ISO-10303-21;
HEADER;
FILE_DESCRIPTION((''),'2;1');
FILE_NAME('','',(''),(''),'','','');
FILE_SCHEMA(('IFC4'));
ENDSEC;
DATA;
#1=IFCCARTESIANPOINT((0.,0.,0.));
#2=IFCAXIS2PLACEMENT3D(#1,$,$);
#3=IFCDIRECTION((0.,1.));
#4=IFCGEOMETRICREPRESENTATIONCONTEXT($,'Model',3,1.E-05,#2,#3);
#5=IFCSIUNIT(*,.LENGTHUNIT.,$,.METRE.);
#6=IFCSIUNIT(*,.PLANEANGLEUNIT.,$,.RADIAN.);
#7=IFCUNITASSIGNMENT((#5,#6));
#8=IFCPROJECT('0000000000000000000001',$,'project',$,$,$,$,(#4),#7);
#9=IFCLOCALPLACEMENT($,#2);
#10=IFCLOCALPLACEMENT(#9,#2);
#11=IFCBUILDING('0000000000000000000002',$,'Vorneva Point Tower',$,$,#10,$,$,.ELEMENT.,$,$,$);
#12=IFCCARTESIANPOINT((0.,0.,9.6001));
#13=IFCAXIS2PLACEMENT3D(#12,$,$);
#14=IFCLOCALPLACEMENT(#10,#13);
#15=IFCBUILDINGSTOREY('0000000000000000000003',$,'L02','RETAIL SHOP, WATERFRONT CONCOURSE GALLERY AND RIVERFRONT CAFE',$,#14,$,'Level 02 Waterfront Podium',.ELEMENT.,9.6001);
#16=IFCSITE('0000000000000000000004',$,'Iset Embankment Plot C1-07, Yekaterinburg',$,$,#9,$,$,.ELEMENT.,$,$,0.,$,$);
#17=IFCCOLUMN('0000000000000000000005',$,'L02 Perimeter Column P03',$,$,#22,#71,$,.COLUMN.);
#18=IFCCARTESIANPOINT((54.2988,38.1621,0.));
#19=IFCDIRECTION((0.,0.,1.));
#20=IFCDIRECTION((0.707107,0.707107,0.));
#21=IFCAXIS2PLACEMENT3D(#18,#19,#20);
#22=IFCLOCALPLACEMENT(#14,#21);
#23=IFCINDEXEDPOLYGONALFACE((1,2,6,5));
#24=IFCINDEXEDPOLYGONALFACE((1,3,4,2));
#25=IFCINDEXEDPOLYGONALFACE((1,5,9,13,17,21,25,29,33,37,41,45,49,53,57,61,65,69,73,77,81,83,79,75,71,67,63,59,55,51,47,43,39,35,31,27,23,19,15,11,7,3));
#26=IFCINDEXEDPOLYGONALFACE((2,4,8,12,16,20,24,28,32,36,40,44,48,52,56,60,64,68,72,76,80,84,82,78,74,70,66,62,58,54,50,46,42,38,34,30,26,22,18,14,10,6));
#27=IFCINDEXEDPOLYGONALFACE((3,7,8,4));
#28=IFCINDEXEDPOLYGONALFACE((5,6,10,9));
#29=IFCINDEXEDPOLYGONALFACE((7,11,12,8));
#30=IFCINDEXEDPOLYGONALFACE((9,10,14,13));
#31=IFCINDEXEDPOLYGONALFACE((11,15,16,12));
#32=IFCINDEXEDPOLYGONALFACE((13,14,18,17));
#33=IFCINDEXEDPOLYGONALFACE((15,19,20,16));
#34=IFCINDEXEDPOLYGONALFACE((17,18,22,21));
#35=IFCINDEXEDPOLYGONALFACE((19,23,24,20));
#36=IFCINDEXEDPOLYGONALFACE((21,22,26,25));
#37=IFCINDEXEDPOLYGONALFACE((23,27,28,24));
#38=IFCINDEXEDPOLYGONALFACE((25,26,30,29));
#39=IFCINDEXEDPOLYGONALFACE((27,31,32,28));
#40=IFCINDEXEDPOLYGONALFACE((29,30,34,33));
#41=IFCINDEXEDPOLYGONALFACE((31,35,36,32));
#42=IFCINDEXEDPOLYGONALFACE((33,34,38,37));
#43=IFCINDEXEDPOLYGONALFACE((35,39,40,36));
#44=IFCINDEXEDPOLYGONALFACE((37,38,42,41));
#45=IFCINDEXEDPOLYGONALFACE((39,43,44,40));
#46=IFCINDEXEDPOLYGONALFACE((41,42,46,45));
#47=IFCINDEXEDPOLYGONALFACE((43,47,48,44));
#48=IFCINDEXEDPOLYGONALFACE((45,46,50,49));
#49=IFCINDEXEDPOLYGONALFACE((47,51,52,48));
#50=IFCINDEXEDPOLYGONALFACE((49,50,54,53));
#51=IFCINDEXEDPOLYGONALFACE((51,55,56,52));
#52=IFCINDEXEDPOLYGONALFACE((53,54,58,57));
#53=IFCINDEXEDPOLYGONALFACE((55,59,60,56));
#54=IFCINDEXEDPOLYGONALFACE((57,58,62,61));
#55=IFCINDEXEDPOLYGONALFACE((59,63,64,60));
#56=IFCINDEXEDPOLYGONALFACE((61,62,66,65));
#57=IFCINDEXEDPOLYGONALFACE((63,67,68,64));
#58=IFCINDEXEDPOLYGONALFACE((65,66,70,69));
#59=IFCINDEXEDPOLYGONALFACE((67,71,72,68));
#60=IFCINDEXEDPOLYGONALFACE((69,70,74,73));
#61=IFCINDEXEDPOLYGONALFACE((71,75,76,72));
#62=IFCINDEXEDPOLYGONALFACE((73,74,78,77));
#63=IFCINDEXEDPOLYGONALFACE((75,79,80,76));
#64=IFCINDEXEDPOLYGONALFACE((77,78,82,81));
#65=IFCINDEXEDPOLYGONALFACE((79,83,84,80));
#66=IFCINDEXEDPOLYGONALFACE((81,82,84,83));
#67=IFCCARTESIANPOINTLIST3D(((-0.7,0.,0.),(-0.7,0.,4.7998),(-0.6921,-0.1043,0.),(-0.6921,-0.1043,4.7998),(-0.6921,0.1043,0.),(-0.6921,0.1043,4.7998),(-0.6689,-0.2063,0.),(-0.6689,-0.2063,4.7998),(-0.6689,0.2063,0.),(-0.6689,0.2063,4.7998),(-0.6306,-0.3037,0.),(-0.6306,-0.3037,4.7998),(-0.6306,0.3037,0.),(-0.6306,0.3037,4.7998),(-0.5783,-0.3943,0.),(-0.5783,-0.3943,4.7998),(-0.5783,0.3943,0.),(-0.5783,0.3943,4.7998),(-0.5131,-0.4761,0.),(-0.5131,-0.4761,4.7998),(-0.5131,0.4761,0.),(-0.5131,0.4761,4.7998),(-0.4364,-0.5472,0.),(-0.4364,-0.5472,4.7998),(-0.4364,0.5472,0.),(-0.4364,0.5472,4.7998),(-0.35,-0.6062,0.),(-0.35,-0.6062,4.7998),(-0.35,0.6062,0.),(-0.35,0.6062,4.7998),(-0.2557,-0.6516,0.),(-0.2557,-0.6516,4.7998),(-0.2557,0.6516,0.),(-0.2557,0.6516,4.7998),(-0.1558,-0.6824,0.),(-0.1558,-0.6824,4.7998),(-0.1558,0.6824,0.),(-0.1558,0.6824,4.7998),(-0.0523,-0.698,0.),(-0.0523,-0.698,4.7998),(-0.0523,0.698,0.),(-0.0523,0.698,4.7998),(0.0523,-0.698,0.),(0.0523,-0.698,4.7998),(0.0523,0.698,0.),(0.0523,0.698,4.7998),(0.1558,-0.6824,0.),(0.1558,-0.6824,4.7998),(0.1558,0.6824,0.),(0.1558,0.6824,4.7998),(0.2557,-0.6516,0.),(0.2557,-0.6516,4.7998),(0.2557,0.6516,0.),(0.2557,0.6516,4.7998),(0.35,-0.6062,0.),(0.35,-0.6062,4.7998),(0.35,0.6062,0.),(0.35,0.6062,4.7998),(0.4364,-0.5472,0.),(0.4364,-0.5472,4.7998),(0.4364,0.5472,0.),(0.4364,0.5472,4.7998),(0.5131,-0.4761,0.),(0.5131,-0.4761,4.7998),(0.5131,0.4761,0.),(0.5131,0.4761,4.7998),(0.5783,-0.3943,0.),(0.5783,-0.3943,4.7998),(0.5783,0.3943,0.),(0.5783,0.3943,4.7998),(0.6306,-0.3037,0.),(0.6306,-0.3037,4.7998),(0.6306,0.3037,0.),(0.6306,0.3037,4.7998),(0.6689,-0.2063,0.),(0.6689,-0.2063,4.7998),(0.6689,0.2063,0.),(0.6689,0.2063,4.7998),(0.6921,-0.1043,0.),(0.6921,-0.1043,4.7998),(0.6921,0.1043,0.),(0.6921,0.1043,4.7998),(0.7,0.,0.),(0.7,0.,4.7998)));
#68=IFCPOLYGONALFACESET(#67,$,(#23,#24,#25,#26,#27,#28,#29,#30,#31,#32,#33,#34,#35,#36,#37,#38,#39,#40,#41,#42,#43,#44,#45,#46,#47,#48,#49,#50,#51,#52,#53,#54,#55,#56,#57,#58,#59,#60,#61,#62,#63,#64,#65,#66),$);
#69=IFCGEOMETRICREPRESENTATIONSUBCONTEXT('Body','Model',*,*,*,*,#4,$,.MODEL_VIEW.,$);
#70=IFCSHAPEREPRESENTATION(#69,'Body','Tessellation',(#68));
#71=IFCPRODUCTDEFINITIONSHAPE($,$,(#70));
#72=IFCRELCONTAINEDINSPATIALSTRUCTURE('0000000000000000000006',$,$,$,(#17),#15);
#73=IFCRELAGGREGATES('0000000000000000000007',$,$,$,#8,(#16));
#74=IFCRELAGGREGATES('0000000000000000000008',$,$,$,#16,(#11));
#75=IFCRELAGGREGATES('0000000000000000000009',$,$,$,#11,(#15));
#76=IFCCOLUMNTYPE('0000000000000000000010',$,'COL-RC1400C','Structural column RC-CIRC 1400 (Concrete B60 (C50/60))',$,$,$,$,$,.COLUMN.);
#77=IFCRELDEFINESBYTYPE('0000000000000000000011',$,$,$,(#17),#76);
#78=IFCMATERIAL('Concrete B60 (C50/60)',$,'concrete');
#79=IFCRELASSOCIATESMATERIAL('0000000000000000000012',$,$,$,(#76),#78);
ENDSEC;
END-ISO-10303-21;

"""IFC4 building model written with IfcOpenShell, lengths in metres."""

from ifc_helpers import new_model, si_unit, direction, frame, origin, origin_2d, place, context, subcontext, project, spatial, circle, extrude, material, material_profile, profile_set, type_object, element, save


model = new_model("IFC4")

# Units and contexts
model_context = context("Model", 3, precision=1e-05, world=origin(), true_north=direction((0.0, 1.0)))
body_context = subcontext(model_context, "Body", "Model", "MODEL_VIEW")
ifc_project = project(units=[si_unit("LENGTHUNIT", "METRE"), si_unit("PLANEANGLEUNIT", "RADIAN")], contexts=[model_context])

# Site, building, storey
site_placement = place(None, origin())
site = spatial("IfcSite", under=ifc_project, at=site_placement, Name="Iset Embankment Plot C1-07, Yekaterinburg", CompositionType="ELEMENT", RefElevation=0.0)
building_placement = place(site_placement, origin())
building = spatial("IfcBuilding", under=site, at=building_placement, Name="Vorneva Point Tower", CompositionType="ELEMENT")
storey_placement = place(building_placement, frame((0.0, 0.0, 9.6001)))
storey = spatial("IfcBuildingStorey", under=building, at=storey_placement, Name="L02", Description="RETAIL SHOP, WATERFRONT CONCOURSE GALLERY AND RIVERFRONT CAFE", LongName="Level 02 Waterfront Podium", CompositionType="ELEMENT", Elevation=9.6001)

# Column
ifc_material_1 = material(Name="Concrete B60 (C50/60)", Category="concrete")
ifc_material_profile_1 = material_profile(ifc_material_1, circle(Radius=0.7, at=origin_2d()), Name="RC-CIRC 1400")
ifc_profile_set_1 = profile_set([ifc_material_profile_1], Name="Concrete B60 (C50/60)")
column_type_1 = type_object("IfcColumnType", Name="COL-RC1400C", Description="Structural column RC-CIRC 1400 (Concrete B60 (C50/60))", PredefinedType="COLUMN", material=ifc_profile_set_1)
column_placement = place(storey_placement, frame((54.2988, 38.1621, 0.0), z_axis=(0.0, 0.0, 1.0), x_axis=(0.707107, 0.707107, 0.0)))
element("IfcColumn", 1, at=column_placement, inside=storey, type_object=column_type_1, Name="L02 Perimeter Column P03", PredefinedType="COLUMN", context=body_context, shape_type="SweptSolid", body=[
    extrude(circle(Radius=0.7, at=origin_2d()), origin(), (0.0, 0.0, 1.0), 4.7998),
])

save(model, "model.ifc")
